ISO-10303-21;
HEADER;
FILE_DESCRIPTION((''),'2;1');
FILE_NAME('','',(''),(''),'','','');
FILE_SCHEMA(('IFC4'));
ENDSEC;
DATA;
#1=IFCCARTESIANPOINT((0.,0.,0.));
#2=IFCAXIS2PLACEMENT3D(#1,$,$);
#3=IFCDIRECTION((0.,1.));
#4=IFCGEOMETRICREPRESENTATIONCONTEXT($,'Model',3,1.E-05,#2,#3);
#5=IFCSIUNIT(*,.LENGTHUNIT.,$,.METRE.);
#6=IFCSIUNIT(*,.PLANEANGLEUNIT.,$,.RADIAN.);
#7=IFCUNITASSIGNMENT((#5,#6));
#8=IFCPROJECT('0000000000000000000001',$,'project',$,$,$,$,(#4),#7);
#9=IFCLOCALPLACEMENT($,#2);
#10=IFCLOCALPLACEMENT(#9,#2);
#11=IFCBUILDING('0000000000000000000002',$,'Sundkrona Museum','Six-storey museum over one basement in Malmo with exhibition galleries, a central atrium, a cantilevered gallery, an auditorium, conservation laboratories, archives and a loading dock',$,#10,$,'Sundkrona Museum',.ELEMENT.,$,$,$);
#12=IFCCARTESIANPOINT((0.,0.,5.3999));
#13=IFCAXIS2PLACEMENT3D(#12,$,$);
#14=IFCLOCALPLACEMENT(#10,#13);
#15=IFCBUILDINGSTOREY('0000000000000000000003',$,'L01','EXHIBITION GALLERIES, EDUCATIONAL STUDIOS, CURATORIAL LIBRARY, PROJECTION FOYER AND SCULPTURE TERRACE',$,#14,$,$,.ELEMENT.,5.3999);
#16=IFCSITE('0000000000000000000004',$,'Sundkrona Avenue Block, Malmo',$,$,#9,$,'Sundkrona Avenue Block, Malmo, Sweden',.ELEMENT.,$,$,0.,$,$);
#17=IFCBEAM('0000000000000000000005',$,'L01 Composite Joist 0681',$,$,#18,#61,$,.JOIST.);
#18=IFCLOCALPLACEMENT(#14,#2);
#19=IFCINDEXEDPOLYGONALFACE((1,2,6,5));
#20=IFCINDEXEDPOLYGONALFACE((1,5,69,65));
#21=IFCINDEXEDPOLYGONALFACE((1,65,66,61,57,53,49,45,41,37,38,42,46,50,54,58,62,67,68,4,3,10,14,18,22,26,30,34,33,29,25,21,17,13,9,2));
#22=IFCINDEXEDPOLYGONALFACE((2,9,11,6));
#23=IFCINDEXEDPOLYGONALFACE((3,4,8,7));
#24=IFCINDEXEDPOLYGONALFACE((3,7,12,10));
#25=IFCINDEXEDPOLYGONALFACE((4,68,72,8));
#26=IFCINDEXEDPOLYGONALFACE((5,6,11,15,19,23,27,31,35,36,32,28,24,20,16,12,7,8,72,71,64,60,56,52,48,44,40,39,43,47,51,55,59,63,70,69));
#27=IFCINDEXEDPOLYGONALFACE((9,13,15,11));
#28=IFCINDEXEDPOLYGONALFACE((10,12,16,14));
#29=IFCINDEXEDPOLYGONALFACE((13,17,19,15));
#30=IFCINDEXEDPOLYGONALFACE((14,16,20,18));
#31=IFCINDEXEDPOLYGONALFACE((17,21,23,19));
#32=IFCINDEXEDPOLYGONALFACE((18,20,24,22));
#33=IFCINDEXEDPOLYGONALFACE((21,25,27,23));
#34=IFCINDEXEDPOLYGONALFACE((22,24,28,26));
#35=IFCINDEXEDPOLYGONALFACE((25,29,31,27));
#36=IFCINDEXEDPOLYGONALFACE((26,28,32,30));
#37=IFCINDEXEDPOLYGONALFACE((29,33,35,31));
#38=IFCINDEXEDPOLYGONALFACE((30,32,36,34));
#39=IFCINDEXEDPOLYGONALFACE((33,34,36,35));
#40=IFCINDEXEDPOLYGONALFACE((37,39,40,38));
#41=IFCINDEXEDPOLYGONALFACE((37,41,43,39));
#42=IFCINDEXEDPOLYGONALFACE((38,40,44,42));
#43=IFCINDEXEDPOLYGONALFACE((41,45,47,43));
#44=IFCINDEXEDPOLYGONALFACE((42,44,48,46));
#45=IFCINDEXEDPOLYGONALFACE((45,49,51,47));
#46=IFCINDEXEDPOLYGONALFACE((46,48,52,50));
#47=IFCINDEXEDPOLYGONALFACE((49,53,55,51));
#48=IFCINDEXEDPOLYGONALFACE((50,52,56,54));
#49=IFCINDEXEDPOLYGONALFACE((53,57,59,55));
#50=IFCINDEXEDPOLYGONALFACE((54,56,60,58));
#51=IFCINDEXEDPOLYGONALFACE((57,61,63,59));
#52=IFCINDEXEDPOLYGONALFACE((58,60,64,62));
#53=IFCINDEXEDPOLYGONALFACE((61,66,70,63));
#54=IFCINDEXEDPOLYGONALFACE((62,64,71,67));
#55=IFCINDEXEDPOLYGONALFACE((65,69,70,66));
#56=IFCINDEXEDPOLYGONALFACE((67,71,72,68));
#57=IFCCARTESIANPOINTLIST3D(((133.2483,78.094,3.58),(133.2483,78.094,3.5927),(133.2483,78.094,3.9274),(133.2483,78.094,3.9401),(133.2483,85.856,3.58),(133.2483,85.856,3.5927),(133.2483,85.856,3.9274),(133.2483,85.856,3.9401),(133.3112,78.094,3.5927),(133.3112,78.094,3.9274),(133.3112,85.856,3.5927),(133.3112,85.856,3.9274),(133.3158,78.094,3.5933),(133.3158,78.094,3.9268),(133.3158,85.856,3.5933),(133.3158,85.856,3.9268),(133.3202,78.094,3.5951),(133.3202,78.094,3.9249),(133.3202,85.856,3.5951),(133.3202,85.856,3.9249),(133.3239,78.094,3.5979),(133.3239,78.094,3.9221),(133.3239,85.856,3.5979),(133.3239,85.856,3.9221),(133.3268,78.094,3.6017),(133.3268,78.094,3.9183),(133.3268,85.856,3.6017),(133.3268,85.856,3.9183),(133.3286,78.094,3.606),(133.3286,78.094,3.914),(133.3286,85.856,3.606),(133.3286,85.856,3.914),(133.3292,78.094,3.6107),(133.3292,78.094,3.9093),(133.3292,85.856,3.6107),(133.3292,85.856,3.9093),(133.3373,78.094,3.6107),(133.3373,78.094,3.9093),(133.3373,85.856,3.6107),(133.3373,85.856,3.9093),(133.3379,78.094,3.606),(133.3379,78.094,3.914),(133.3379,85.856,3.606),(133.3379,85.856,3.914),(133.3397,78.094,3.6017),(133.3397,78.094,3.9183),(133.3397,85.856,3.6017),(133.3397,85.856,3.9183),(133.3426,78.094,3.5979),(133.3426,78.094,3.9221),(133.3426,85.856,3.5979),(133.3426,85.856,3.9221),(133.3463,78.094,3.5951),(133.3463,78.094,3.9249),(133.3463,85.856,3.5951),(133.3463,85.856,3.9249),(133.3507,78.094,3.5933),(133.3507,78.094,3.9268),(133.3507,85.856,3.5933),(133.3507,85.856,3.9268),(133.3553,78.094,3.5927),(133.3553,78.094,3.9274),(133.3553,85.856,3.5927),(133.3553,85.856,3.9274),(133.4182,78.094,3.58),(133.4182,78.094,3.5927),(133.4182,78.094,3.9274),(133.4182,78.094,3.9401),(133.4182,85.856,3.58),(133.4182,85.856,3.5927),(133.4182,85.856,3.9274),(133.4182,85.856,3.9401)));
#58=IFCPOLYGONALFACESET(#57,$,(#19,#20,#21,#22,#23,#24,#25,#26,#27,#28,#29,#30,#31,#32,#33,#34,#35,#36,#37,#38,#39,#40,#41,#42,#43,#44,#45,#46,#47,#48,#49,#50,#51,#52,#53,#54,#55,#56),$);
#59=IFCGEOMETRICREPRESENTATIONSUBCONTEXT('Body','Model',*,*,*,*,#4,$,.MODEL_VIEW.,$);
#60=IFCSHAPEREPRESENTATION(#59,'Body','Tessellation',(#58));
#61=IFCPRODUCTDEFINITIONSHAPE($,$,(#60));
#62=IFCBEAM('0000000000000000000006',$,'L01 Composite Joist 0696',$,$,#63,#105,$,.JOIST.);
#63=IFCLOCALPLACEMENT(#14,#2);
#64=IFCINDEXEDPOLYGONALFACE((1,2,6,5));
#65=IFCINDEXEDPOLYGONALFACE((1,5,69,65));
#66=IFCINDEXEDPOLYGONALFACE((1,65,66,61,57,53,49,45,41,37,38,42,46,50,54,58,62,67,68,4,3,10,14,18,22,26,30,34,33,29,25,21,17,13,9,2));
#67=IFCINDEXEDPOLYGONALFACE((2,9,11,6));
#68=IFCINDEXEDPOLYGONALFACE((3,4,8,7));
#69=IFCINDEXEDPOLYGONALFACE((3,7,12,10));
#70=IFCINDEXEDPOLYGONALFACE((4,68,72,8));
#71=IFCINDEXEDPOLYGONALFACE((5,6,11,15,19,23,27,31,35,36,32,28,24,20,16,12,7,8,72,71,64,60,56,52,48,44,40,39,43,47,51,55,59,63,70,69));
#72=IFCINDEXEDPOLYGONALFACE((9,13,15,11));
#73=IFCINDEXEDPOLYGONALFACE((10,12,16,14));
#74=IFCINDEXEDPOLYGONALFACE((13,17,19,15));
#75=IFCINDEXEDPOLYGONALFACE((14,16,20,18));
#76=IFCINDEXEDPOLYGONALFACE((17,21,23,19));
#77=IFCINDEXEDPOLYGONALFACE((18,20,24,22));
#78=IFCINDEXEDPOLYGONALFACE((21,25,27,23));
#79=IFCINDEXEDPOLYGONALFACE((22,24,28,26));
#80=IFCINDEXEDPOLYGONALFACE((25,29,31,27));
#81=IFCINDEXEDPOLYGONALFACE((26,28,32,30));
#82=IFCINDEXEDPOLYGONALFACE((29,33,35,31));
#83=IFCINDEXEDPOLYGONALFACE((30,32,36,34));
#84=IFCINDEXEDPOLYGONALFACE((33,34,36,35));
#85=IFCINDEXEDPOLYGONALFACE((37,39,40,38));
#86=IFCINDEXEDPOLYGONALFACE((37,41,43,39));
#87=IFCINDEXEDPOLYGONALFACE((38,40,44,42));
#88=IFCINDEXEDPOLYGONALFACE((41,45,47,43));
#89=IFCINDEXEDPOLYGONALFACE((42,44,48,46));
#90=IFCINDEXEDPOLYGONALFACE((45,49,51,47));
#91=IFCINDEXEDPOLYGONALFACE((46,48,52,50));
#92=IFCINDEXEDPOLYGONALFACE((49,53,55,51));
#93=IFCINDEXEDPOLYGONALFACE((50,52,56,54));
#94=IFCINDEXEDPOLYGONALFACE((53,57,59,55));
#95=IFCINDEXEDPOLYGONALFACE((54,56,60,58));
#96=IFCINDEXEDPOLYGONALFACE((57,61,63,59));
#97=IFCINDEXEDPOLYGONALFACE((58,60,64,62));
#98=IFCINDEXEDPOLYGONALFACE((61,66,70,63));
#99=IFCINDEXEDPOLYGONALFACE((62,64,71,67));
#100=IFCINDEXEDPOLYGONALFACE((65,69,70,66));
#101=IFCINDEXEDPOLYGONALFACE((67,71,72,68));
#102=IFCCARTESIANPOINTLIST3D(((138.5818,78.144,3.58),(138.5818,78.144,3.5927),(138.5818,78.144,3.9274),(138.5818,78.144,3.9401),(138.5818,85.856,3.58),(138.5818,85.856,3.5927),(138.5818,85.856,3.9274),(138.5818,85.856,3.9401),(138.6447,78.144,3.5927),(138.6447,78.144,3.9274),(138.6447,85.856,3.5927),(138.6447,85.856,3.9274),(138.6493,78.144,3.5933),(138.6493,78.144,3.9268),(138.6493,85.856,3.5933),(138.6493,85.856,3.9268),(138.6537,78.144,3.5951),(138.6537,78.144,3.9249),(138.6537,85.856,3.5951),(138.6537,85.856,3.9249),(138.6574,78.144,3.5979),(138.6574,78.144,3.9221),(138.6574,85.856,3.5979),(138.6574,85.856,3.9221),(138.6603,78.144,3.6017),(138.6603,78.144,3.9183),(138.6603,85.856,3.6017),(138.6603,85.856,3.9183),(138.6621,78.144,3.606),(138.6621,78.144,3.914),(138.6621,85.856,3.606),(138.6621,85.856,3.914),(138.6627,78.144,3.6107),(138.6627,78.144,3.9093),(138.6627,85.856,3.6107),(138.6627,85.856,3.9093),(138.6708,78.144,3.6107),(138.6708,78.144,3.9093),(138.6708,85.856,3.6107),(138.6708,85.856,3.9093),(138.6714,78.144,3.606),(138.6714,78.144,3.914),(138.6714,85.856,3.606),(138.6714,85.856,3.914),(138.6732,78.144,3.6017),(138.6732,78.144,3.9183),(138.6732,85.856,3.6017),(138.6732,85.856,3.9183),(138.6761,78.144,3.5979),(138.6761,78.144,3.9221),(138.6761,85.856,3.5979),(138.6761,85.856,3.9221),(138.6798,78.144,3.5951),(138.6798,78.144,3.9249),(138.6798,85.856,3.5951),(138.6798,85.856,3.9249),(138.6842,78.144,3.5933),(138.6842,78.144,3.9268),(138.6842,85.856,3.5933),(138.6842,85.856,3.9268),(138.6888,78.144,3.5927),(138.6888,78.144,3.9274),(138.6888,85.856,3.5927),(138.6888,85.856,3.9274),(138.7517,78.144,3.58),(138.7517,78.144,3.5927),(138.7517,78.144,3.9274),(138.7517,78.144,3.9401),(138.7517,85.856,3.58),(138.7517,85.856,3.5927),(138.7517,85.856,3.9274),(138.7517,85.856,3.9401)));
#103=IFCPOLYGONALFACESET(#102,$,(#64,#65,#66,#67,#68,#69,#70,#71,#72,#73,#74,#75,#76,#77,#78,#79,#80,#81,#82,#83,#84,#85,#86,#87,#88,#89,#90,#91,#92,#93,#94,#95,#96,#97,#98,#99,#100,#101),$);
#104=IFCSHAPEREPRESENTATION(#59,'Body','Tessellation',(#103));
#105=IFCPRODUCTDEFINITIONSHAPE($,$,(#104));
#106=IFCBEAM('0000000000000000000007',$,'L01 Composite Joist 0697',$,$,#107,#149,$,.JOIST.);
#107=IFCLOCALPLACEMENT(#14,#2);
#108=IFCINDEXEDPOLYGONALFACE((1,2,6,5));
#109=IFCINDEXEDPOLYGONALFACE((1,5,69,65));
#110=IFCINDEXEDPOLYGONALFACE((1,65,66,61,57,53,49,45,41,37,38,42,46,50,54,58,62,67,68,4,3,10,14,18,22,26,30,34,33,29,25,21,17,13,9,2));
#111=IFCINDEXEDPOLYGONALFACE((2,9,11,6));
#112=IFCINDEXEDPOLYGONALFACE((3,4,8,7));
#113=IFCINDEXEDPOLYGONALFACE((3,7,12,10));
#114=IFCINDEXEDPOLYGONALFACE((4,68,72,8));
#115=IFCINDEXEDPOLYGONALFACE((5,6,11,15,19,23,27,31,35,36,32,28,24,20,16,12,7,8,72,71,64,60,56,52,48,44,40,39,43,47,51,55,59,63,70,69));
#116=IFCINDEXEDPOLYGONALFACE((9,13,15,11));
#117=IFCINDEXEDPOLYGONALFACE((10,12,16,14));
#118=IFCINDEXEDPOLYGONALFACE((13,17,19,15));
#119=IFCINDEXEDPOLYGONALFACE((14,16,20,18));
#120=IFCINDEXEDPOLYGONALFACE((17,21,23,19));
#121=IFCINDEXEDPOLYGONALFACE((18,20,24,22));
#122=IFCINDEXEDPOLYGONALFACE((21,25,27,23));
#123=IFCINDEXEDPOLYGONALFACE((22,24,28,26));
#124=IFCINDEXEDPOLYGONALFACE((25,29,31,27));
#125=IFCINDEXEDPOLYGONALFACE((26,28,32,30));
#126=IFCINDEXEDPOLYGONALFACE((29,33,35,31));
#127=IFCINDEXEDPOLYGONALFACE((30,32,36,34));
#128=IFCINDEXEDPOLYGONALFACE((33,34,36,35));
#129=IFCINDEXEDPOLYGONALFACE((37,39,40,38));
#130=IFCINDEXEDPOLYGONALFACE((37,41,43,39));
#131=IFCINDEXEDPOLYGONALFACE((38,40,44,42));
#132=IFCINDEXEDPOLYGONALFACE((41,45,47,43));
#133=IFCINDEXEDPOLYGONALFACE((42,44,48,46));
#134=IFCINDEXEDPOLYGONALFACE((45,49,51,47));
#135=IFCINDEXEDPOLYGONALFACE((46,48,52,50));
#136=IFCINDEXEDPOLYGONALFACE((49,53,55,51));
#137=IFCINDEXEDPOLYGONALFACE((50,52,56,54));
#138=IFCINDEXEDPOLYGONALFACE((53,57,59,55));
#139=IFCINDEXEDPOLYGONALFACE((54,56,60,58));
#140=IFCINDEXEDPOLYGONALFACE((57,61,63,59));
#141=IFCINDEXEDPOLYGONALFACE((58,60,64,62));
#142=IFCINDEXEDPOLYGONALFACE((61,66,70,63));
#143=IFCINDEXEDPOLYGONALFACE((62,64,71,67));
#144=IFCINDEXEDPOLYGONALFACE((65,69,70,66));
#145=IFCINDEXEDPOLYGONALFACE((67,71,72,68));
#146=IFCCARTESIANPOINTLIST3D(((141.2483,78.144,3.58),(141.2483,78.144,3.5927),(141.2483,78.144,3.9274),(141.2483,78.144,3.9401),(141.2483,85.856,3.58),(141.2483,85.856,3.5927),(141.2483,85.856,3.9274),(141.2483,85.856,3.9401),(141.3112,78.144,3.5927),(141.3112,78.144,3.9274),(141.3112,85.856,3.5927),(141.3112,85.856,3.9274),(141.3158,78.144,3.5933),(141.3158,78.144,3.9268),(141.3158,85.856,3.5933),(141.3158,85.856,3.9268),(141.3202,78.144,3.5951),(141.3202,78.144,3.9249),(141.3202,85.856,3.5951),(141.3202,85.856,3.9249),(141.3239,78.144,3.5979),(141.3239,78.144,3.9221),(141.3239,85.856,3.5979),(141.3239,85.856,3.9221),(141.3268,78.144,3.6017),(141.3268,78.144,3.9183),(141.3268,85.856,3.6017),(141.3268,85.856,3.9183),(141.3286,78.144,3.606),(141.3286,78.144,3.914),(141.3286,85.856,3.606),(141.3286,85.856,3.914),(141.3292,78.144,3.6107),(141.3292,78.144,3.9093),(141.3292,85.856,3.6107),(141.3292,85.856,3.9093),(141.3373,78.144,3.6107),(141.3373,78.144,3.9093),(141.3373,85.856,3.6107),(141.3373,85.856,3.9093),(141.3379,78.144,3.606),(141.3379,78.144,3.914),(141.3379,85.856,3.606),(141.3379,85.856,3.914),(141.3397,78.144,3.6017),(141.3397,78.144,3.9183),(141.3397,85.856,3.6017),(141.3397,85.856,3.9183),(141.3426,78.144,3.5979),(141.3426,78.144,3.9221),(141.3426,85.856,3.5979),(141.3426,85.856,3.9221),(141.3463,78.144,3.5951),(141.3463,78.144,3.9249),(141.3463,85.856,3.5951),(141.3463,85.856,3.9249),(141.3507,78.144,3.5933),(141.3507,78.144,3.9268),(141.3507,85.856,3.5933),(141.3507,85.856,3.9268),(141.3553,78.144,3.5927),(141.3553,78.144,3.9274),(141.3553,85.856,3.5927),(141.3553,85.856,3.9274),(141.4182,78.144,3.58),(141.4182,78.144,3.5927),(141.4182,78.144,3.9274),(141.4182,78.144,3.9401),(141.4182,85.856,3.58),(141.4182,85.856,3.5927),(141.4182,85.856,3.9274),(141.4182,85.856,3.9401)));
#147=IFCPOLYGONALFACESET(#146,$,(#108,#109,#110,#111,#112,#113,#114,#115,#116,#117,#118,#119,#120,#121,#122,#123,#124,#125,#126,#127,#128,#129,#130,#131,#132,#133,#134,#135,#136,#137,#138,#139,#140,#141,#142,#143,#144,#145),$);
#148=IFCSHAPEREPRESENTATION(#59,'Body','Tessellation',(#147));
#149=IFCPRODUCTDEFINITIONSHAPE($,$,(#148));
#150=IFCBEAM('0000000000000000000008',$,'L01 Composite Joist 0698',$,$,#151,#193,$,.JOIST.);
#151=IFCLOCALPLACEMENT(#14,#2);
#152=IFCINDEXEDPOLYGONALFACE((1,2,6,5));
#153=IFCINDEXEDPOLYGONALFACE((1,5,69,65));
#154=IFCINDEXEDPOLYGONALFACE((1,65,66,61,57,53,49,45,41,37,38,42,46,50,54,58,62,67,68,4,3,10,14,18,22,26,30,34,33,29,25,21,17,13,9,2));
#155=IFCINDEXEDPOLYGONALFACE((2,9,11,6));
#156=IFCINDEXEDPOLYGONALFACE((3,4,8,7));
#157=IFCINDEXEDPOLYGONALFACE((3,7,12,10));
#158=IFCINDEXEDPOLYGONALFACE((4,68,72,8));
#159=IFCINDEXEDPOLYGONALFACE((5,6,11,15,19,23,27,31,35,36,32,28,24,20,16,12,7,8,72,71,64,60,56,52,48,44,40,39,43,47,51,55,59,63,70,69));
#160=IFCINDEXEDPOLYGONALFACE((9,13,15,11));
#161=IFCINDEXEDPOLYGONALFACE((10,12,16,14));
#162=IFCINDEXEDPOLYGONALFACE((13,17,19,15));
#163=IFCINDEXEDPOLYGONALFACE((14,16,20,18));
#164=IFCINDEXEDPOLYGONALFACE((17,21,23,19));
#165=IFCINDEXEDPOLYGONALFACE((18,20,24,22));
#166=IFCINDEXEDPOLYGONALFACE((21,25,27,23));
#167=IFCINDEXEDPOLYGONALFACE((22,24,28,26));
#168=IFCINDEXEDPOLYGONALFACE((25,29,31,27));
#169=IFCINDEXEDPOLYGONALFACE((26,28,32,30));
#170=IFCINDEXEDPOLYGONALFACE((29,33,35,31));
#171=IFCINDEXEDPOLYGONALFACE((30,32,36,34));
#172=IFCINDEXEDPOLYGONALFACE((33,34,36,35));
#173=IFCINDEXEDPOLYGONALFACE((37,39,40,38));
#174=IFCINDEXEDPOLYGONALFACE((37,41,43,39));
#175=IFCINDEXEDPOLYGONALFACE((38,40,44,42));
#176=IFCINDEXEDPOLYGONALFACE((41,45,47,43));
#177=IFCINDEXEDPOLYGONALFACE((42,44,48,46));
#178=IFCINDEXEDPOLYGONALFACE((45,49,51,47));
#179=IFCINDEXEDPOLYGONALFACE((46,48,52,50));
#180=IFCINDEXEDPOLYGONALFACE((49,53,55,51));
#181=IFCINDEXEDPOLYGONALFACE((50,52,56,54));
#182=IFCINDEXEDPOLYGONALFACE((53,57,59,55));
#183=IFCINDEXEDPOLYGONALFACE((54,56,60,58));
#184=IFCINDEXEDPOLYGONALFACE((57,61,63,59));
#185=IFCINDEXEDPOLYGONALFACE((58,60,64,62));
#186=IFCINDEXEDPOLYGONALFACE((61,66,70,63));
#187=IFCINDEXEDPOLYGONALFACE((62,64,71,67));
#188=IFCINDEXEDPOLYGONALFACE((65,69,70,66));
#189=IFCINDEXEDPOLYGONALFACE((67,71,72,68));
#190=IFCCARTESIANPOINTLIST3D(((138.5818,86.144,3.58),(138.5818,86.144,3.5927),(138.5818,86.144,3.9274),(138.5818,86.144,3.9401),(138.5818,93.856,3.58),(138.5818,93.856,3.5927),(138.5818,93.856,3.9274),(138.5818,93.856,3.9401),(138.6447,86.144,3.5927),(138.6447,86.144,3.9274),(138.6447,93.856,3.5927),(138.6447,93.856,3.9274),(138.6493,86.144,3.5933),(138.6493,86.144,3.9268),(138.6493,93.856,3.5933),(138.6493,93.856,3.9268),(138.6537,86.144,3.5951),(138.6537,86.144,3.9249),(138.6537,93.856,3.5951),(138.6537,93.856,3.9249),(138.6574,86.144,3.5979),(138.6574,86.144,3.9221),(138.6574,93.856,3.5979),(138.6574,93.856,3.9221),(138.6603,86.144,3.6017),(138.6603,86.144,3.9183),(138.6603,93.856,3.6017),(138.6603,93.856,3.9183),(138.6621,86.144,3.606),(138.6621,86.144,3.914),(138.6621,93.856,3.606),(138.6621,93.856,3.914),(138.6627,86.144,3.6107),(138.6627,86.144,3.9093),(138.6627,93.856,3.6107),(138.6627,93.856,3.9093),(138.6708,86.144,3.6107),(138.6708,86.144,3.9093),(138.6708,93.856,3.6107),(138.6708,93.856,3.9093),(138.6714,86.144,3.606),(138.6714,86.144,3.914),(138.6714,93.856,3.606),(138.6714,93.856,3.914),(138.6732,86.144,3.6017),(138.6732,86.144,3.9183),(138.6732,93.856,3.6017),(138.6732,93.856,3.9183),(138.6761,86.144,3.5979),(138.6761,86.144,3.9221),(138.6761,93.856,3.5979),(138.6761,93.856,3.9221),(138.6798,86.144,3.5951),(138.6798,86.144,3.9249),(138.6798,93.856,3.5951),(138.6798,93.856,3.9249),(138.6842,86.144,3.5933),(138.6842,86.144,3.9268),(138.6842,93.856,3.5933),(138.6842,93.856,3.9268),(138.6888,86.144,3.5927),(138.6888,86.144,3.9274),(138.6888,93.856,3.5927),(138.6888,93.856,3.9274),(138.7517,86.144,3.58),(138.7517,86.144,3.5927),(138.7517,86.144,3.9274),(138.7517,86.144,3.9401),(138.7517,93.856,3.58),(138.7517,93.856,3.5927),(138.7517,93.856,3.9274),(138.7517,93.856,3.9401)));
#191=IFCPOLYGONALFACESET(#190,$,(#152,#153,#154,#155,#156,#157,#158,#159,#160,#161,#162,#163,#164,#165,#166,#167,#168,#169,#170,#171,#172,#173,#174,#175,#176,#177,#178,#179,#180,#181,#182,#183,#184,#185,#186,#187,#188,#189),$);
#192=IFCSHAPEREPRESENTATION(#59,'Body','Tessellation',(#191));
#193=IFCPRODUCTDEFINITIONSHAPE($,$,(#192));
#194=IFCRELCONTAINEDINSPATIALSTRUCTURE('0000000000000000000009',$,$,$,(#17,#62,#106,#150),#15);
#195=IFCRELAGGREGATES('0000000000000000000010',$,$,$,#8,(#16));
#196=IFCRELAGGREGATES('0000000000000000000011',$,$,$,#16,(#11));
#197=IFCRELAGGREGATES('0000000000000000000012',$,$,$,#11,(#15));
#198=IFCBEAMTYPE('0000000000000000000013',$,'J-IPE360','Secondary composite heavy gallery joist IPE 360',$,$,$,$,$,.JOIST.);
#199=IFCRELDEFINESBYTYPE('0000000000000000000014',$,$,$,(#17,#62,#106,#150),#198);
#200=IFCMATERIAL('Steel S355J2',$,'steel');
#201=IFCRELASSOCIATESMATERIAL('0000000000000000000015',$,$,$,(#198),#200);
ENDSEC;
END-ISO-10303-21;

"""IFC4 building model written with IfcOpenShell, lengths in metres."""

from ifc_helpers import new_model, si_unit, direction, frame, origin, origin_2d, place, context, subcontext, project, spatial, i_section, extrude, material, material_profile, profile_set, type_object, element, save


model = new_model("IFC4")

# Units and contexts
model_context = context("Model", 3, precision=1e-05, world=origin(), true_north=direction((0.0, 1.0)))
body_context = subcontext(model_context, "Body", "Model", "MODEL_VIEW")
ifc_project = project(units=[si_unit("LENGTHUNIT", "METRE"), si_unit("PLANEANGLEUNIT", "RADIAN")], contexts=[model_context])

# Site, building, storey
site_placement = place(None, origin())
site = spatial("IfcSite", under=ifc_project, at=site_placement, Name="Sundkrona Avenue Block, Malmo", LongName="Sundkrona Avenue Block, Malmo, Sweden", CompositionType="ELEMENT", RefElevation=0.0)
building_placement = place(site_placement, origin())
building = spatial("IfcBuilding", under=site, at=building_placement, Name="Sundkrona Museum", Description="Six-storey museum over one basement in Malmo with exhibition galleries, a central atrium, a cantilevered gallery, an auditorium, conservation laboratories, archives and a loading dock", LongName="Sundkrona Museum", CompositionType="ELEMENT")
storey_placement = place(building_placement, frame((0.0, 0.0, 5.3999)))
storey = spatial("IfcBuildingStorey", under=building, at=storey_placement, Name="L01", Description="EXHIBITION GALLERIES, EDUCATIONAL STUDIOS, CURATORIAL LIBRARY, PROJECTION FOYER AND SCULPTURE TERRACE", CompositionType="ELEMENT", Elevation=5.3999)

# Shared definitions
ifc_material_1 = material(Name="Steel S355J2", Category="steel")

# Beams
ifc_material_profile_1 = material_profile(ifc_material_1, i_section(OverallWidth=0.1699, OverallDepth=0.3601, WebThickness=0.0081, FlangeThickness=0.0127, FilletRadius=0.0181, at=origin_2d()), Name="IPE 360")
ifc_profile_set_1 = profile_set([ifc_material_profile_1], Name="Steel S355J2")
beam_type_1 = type_object("IfcBeamType", Name="J-IPE360", Description="Secondary composite heavy gallery joist IPE 360", PredefinedType="JOIST", material=ifc_profile_set_1)
beam_placement = place(storey_placement, frame((133.3333, 78.094, 3.76), z_axis=(0.0, 1.0, 0.0), x_axis=(-1.0, 0.0, 0.0)))
element("IfcBeam", 1, at=beam_placement, inside=storey, type_object=beam_type_1, Name="L01 Composite Joist 0681", PredefinedType="JOIST", context=body_context, shape_type="SweptSolid", body=[
    extrude(i_section(OverallWidth=0.1699, OverallDepth=0.3601, WebThickness=0.0081, FlangeThickness=0.0127, FilletRadius=0.0181, at=origin_2d()), origin(), (0.0, 0.0, 1.0), 7.762),
])
for number, where, z_axis, x_axis, name in (
    (2, (138.6667, 78.144, 3.76), (0.0, 1.0, 0.0), (-1.0, 0.0, 0.0), "L01 Composite Joist 0696"),
    (3, (141.3333, 78.144, 3.76), (0.0, 1.0, 0.0), (-1.0, 0.0, 0.0), "L01 Composite Joist 0697"),
    (4, (138.6667, 86.144, 3.76), (0.0, 1.0, 0.0), (-1.0, 0.0, 0.0), "L01 Composite Joist 0698"),
):
    element("IfcBeam", number, at=place(storey_placement, frame(where, z_axis=z_axis, x_axis=x_axis)), inside=storey, type_object=beam_type_1, Name=name, PredefinedType="JOIST", context=body_context, shape_type="SweptSolid", body=[
        extrude(i_section(OverallWidth=0.1699, OverallDepth=0.3601, WebThickness=0.0081, FlangeThickness=0.0127, FilletRadius=0.0181, at=origin_2d()), origin(), (0.0, 0.0, 1.0), 7.7119),
    ])

save(model, "model.ifc")
